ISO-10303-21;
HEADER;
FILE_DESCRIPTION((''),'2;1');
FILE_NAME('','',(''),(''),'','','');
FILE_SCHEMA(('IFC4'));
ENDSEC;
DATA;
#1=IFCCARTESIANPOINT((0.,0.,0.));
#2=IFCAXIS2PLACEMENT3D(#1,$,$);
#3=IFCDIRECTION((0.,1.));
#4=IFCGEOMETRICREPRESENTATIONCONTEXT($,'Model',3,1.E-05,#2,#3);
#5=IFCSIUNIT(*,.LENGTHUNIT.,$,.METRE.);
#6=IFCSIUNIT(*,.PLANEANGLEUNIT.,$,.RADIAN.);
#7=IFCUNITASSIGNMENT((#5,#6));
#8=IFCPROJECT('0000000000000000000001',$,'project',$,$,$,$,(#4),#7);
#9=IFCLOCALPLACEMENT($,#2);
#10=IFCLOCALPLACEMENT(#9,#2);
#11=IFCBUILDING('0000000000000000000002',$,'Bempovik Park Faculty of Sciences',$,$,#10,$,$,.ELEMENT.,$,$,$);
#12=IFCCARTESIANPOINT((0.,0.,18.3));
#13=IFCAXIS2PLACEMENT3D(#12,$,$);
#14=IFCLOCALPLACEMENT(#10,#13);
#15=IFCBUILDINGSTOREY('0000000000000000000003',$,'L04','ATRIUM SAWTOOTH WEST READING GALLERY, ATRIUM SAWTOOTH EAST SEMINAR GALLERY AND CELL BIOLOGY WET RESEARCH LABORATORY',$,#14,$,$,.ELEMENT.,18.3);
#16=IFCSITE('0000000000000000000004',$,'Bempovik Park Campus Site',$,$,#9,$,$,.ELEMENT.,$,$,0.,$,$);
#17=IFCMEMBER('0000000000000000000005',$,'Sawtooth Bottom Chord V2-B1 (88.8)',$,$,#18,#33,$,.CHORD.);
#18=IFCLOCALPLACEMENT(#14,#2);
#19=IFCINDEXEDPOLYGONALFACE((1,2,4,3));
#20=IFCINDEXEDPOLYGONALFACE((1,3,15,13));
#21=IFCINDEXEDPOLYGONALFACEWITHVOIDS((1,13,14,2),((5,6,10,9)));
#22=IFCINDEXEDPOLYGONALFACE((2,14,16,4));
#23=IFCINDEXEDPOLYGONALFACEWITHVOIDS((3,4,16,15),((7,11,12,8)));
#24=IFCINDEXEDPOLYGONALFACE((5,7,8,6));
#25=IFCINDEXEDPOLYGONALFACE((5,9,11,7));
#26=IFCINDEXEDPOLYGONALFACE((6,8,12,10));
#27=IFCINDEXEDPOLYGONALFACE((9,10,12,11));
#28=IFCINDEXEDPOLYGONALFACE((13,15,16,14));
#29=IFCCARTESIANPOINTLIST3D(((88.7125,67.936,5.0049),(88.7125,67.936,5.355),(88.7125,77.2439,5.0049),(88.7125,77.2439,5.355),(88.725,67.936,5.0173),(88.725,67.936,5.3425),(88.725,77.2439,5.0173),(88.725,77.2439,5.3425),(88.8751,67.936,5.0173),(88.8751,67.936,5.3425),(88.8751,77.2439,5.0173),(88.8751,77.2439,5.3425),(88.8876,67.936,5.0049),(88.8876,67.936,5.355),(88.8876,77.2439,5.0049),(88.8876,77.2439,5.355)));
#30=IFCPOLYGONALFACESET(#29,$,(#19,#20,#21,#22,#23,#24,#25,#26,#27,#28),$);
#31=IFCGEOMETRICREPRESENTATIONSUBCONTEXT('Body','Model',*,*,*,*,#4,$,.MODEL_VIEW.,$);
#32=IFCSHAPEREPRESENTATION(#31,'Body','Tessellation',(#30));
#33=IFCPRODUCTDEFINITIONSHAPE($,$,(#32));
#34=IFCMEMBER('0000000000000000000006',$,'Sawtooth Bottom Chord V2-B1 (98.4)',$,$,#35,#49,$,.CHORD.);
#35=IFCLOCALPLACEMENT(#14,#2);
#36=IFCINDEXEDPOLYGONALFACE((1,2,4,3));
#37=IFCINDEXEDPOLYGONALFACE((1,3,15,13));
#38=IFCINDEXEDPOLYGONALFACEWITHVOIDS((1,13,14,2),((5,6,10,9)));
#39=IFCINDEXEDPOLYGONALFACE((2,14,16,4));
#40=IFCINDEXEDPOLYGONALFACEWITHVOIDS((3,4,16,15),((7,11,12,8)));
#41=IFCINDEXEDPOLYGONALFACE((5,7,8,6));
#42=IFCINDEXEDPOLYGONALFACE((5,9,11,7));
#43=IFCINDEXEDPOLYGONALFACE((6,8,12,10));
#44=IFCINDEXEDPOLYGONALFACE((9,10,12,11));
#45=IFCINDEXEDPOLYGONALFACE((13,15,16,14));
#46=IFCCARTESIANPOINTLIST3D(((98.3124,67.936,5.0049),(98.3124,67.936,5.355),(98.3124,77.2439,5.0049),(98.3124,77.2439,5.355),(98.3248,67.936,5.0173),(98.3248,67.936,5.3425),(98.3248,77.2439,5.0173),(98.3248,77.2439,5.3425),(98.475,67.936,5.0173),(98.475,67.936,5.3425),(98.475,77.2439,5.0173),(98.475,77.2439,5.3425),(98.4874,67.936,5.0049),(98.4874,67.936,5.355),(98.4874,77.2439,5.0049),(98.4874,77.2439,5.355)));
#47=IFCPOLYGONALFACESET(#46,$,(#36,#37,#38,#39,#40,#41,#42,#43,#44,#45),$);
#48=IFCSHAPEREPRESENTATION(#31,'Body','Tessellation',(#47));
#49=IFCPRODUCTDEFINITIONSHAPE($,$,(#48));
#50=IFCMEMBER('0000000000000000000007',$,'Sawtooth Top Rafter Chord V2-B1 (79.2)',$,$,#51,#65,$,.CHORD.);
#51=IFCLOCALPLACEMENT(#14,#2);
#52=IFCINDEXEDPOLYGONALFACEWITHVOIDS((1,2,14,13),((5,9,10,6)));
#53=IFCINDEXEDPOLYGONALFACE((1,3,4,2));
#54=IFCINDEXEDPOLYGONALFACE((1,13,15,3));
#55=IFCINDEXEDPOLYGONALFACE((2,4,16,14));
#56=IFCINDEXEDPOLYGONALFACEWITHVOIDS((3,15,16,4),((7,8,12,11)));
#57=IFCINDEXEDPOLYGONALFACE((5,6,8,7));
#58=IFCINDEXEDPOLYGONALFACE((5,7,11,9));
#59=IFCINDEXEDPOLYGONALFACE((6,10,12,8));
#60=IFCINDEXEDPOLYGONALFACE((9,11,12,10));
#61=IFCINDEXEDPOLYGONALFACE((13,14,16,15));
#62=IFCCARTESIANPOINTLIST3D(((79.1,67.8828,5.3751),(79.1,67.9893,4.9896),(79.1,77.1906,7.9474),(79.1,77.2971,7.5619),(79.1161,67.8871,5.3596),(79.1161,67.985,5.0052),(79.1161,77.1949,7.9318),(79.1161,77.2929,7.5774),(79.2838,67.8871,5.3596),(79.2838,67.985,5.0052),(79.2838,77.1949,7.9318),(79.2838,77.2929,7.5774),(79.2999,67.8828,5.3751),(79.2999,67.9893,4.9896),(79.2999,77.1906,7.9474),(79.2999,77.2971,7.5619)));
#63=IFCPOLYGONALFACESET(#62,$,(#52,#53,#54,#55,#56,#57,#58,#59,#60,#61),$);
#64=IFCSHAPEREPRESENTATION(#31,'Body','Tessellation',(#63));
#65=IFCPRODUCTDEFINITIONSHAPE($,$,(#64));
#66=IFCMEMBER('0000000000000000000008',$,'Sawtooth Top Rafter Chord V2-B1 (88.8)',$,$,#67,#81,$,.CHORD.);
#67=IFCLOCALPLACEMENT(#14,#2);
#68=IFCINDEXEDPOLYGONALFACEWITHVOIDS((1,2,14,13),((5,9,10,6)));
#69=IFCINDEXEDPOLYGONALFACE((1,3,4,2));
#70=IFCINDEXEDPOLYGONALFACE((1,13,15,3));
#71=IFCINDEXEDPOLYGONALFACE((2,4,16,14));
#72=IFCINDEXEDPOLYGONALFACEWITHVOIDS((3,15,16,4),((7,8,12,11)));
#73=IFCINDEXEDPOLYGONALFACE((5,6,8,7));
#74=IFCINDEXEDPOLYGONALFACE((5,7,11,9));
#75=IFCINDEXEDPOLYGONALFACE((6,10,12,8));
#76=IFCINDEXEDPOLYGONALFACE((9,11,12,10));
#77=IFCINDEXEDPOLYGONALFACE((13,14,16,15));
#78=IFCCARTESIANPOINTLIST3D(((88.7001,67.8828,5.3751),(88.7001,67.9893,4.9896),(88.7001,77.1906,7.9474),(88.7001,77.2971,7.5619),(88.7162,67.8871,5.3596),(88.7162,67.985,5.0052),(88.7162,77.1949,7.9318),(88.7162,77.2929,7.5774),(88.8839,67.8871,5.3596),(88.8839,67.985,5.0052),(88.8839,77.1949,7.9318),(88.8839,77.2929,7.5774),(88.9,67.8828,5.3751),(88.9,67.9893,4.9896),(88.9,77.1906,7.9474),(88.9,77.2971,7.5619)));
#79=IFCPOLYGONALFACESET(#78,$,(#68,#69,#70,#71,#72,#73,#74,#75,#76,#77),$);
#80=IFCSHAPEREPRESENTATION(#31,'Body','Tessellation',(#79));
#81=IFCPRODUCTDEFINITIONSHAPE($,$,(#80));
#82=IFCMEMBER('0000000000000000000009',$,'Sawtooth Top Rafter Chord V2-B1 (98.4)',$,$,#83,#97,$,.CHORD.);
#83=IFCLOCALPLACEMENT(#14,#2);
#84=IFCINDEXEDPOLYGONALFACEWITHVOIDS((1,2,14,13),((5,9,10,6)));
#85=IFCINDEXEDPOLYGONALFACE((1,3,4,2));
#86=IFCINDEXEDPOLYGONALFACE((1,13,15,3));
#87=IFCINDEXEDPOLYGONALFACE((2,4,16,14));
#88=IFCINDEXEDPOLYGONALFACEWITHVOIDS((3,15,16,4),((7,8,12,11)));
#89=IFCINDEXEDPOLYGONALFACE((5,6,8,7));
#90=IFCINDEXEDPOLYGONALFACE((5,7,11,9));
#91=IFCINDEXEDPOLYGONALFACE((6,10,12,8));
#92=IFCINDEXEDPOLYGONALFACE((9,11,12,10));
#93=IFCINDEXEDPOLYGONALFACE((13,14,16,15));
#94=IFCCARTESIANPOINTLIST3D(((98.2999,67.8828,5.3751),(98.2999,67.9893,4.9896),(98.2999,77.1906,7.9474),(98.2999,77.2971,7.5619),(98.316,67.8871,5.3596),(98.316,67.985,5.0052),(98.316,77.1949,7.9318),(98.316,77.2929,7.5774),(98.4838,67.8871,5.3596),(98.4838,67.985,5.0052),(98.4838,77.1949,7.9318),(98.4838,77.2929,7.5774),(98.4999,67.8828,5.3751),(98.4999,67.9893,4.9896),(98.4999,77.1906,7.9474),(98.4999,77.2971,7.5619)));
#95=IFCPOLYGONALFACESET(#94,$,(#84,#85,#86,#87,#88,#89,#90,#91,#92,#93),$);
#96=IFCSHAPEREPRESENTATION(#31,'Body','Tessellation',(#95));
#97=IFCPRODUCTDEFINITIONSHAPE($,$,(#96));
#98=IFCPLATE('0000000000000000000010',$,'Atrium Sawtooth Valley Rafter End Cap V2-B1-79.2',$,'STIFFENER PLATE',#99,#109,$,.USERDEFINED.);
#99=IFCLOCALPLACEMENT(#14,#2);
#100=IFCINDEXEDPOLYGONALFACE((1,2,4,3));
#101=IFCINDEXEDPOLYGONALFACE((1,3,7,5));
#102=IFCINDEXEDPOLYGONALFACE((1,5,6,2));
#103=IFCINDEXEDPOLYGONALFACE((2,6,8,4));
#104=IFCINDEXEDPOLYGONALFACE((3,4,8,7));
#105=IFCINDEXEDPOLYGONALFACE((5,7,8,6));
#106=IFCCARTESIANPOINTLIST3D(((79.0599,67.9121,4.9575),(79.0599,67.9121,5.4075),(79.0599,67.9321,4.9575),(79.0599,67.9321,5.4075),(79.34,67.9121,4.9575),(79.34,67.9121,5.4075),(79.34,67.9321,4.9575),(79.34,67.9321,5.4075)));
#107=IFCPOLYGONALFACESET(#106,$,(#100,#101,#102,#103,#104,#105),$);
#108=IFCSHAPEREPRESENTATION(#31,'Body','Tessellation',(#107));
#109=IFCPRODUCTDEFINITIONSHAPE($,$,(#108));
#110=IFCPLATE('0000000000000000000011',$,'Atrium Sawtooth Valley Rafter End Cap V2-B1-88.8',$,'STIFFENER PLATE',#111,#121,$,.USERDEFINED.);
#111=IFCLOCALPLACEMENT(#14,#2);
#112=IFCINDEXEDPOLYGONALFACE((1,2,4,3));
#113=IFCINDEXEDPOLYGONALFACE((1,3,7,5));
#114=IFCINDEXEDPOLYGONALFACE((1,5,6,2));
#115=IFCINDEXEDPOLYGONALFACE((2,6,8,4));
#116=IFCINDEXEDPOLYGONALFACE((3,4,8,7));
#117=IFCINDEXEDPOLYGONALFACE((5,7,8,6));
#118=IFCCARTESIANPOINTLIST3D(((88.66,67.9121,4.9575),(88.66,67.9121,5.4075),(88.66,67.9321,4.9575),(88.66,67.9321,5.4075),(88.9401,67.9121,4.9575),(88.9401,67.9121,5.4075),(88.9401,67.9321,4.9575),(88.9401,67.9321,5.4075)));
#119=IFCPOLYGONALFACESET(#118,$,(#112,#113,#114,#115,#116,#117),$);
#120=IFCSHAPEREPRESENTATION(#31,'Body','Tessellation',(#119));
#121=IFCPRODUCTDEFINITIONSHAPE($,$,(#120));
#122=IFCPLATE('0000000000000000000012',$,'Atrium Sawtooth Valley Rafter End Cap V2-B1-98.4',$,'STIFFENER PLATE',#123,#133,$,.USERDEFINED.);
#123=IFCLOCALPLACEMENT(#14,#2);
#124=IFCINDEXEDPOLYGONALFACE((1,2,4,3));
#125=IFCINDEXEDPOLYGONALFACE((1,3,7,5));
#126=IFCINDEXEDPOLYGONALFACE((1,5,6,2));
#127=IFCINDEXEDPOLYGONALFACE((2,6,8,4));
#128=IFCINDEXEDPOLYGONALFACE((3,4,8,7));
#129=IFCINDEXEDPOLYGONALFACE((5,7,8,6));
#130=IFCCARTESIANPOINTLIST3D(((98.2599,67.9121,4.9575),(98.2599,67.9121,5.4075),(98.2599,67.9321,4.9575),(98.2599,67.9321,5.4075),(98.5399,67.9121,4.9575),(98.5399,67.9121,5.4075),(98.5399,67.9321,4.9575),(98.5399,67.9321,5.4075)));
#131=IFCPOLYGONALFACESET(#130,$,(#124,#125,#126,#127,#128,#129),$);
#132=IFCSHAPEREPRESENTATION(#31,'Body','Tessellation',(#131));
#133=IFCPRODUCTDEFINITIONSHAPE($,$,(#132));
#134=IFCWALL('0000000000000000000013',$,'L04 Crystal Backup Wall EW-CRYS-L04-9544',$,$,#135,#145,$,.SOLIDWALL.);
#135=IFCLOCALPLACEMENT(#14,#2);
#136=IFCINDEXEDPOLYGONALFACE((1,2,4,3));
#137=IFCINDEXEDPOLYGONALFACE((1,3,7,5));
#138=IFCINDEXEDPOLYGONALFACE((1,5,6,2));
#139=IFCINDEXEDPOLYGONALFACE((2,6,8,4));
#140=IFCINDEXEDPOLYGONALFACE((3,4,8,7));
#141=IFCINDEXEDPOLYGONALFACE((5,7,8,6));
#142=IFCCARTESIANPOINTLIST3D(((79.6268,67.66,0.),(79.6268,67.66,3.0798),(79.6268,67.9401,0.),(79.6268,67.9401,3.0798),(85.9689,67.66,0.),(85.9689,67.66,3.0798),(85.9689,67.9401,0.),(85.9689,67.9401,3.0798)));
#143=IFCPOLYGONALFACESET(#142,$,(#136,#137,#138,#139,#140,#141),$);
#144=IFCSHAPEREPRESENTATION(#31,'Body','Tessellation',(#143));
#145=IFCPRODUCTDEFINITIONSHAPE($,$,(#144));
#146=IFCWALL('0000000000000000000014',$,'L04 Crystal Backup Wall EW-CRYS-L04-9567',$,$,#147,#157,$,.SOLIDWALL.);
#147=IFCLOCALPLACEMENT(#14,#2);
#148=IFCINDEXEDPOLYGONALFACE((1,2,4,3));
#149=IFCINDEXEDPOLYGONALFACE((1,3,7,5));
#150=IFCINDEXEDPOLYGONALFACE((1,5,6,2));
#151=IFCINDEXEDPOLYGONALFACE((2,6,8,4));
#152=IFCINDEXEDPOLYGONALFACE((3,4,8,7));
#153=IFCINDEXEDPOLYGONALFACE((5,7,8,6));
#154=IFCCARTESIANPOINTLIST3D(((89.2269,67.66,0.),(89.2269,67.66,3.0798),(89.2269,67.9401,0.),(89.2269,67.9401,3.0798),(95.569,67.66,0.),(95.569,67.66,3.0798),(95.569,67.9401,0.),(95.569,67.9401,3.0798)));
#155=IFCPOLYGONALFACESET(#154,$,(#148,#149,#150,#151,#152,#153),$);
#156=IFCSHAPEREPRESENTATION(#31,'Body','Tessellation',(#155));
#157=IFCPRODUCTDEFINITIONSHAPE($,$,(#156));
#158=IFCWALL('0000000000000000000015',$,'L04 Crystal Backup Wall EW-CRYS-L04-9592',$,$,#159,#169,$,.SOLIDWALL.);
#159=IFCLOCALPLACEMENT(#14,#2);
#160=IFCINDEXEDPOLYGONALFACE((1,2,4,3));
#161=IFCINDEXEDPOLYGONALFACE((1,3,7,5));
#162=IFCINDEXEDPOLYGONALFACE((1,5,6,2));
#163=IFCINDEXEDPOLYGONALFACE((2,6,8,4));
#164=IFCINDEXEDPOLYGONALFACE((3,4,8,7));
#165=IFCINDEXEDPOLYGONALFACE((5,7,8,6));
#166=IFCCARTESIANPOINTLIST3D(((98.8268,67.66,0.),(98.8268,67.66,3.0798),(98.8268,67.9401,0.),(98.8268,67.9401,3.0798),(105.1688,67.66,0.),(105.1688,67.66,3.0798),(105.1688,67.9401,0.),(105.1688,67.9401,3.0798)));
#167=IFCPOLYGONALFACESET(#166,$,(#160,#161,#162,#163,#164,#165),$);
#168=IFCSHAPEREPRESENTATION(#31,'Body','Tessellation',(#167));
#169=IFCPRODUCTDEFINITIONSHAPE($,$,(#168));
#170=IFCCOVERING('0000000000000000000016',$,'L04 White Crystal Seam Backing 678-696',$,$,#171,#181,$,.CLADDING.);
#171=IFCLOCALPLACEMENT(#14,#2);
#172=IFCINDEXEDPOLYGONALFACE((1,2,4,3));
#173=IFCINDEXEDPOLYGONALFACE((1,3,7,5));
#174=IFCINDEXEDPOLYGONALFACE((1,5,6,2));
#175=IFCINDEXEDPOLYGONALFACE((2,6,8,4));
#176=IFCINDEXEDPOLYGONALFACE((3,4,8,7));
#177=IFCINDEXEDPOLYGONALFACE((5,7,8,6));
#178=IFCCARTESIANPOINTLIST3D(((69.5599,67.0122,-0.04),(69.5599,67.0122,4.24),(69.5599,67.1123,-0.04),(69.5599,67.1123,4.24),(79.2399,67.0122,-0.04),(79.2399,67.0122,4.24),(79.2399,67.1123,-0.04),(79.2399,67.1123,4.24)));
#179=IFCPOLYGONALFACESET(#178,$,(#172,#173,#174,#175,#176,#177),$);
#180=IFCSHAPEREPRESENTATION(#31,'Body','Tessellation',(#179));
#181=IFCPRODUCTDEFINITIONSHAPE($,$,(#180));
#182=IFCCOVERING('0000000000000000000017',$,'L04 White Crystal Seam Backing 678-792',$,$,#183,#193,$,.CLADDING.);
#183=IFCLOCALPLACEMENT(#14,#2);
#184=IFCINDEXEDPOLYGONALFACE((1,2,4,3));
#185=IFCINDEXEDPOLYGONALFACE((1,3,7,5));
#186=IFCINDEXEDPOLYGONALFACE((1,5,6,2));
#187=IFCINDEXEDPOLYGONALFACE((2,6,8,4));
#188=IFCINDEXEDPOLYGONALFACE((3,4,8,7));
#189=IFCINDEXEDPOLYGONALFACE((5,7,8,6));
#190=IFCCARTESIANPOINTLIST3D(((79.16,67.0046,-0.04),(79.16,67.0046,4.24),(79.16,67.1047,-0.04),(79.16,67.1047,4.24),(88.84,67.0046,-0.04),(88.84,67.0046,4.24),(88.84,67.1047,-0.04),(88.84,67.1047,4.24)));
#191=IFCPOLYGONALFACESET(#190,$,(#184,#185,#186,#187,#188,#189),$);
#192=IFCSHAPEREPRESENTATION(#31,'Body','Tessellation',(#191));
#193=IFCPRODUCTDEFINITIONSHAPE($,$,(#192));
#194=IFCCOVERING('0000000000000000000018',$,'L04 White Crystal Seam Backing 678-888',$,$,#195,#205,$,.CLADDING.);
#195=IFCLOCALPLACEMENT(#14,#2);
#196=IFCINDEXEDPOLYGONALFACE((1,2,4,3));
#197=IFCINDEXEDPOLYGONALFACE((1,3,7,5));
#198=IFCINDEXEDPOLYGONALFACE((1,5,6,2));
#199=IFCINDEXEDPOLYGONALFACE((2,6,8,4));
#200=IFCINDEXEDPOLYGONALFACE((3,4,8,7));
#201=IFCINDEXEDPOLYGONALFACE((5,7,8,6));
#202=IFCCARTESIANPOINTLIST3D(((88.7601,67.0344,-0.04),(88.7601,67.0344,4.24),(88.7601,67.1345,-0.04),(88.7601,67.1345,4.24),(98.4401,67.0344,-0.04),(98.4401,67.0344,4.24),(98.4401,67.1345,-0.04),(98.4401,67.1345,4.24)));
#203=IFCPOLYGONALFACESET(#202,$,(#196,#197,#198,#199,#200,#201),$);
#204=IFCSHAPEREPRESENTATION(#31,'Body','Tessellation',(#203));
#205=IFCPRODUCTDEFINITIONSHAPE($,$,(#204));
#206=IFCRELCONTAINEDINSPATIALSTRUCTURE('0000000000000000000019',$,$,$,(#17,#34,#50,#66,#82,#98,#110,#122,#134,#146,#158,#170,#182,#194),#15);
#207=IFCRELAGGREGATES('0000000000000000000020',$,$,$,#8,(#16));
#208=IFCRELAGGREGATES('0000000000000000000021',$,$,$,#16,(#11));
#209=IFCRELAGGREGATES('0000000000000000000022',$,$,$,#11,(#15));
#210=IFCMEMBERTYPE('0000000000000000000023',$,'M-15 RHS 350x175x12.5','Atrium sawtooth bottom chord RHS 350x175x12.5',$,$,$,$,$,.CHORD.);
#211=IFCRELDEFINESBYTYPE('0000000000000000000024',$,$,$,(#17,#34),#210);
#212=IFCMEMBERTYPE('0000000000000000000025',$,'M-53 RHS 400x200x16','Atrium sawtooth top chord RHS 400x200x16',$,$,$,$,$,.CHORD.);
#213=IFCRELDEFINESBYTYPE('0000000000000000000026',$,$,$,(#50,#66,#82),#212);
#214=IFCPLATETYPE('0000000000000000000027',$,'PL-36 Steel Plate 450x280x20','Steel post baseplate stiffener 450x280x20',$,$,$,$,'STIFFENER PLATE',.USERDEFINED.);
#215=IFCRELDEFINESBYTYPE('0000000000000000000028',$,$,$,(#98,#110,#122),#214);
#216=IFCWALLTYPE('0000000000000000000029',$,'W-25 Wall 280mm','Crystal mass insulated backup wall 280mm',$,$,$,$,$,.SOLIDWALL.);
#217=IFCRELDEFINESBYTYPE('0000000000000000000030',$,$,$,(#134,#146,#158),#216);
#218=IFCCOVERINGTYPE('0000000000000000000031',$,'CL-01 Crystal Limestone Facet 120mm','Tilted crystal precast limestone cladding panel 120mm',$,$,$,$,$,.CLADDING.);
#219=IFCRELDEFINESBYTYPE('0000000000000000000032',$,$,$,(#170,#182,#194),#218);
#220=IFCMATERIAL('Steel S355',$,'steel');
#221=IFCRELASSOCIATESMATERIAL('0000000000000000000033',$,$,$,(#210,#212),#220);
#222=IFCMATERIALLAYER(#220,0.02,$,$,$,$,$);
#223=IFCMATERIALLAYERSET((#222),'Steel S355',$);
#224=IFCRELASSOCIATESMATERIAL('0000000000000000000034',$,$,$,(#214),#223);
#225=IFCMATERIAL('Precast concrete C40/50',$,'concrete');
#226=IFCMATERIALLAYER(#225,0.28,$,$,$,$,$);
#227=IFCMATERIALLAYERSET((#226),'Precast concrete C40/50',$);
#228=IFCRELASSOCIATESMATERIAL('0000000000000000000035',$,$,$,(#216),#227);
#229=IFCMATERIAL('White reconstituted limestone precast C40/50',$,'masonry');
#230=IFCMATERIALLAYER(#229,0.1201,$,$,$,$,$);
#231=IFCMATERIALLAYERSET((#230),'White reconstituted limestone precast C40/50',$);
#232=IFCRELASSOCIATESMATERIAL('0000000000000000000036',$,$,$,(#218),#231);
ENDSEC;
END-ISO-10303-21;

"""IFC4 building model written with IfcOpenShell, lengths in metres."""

from ifc_helpers import new_model, si_unit, direction, frame, frame_2d, origin, origin_2d, place, context, subcontext, project, spatial, rectangle, hollow_rectangle, extrude, material, layer, layer_set, material_profile, profile_set, type_object, element, save


model = new_model("IFC4")

# Units and contexts
model_context = context("Model", 3, precision=1e-05, world=origin(), true_north=direction((0.0, 1.0)))
body_context = subcontext(model_context, "Body", "Model", "MODEL_VIEW")
ifc_project = project(units=[si_unit("LENGTHUNIT", "METRE"), si_unit("PLANEANGLEUNIT", "RADIAN")], contexts=[model_context])

# Site, building, storey
site_placement = place(None, origin())
site = spatial("IfcSite", under=ifc_project, at=site_placement, Name="Bempovik Park Campus Site", CompositionType="ELEMENT", RefElevation=0.0)
building_placement = place(site_placement, origin())
building = spatial("IfcBuilding", under=site, at=building_placement, Name="Bempovik Park Faculty of Sciences", CompositionType="ELEMENT")
storey_placement = place(building_placement, frame((0.0, 0.0, 18.3)))
storey = spatial("IfcBuildingStorey", under=building, at=storey_placement, Name="L04", Description="ATRIUM SAWTOOTH WEST READING GALLERY, ATRIUM SAWTOOTH EAST SEMINAR GALLERY AND CELL BIOLOGY WET RESEARCH LABORATORY", CompositionType="ELEMENT", Elevation=18.3)

# Shared definitions
ifc_material_1 = material(Name="Steel S355", Category="steel")

# Members
ifc_material_profile_1 = material_profile(ifc_material_1, hollow_rectangle(XDim=0.175, YDim=0.3501, WallThickness=0.0125, at=origin_2d()), Name="RHS 350x175x12.5")
ifc_profile_set_1 = profile_set([ifc_material_profile_1], Name="Steel S355")
member_type_1 = type_object("IfcMemberType", Name="M-15 RHS 350x175x12.5", Description="Atrium sawtooth bottom chord RHS 350x175x12.5", PredefinedType="CHORD", material=ifc_profile_set_1)
for number, where, z_axis, x_axis, name in (
    (1, (88.8, 67.936, 5.1799), (0.0, 1.0, 0.0), (-1.0, 0.0, 0.0), "Sawtooth Bottom Chord V2-B1 (88.8)"),
    (2, (98.3999, 67.936, 5.1799), (0.0, 1.0, 0.0), (-1.0, 0.0, 0.0), "Sawtooth Bottom Chord V2-B1 (98.4)"),
):
    element("IfcMember", number, at=place(storey_placement, frame(where, z_axis=z_axis, x_axis=x_axis)), inside=storey, type_object=member_type_1, Name=name, PredefinedType="CHORD", context=body_context, shape_type="SweptSolid", body=[
        extrude(hollow_rectangle(XDim=0.175, YDim=0.3501, WallThickness=0.0125, at=origin_2d()), origin(), (0.0, 0.0, 1.0), 9.3079),
    ])
ifc_material_profile_2 = material_profile(ifc_material_1, hollow_rectangle(XDim=0.2, YDim=0.3999, WallThickness=0.0161, at=origin_2d()), Name="RHS 400x200x16")
ifc_profile_set_2 = profile_set([ifc_material_profile_2], Name="Steel S355")
member_type_2 = type_object("IfcMemberType", Name="M-53 RHS 400x200x16", Description="Atrium sawtooth top chord RHS 400x200x16", PredefinedType="CHORD", material=ifc_profile_set_2)
for number, where, z_axis, x_axis, name in (
    (3, (79.2, 67.936, 5.1824), (0.0, 0.963871, 0.26637), (-1.0, 0.0, 0.0), "Sawtooth Top Rafter Chord V2-B1 (79.2)"),
    (4, (88.8, 67.936, 5.1824), (0.0, 0.963871, 0.26637), (-1.0, 0.0, 0.0), "Sawtooth Top Rafter Chord V2-B1 (88.8)"),
    (5, (98.3999, 67.936, 5.1824), (0.0, 0.963871, 0.26637), (-1.0, 0.0, 0.0), "Sawtooth Top Rafter Chord V2-B1 (98.4)"),
):
    element("IfcMember", number, at=place(storey_placement, frame(where, z_axis=z_axis, x_axis=x_axis)), inside=storey, type_object=member_type_2, Name=name, PredefinedType="CHORD", context=body_context, shape_type="SweptSolid", body=[
        extrude(hollow_rectangle(XDim=0.2, YDim=0.3999, WallThickness=0.0161, at=origin_2d()), origin(), (0.0, 0.0, 1.0), 9.6567),
    ])

# Plates
ifc_layer_1 = layer(ifc_material_1, 0.02)
ifc_layer_set_1 = layer_set([ifc_layer_1], Name="Steel S355")
plate_type = type_object("IfcPlateType", Name="PL-36 Steel Plate 450x280x20", Description="Steel post baseplate stiffener 450x280x20", ElementType="STIFFENER PLATE", PredefinedType="USERDEFINED", material=ifc_layer_set_1)
for number, where, z_axis, x_axis, name in (
    (6, (79.2, 67.9221, 4.9575), (0.0, 0.0, 1.0), (1.0, 0.0, 0.0), "Atrium Sawtooth Valley Rafter End Cap V2-B1-79.2"),
    (7, (88.8, 67.9221, 4.9575), (0.0, 0.0, 1.0), (1.0, 0.0, 0.0), "Atrium Sawtooth Valley Rafter End Cap V2-B1-88.8"),
    (8, (98.3999, 67.9221, 4.9575), (0.0, 0.0, 1.0), (1.0, 0.0, 0.0), "Atrium Sawtooth Valley Rafter End Cap V2-B1-98.4"),
):
    element("IfcPlate", number, at=place(storey_placement, frame(where, z_axis=z_axis, x_axis=x_axis)), inside=storey, type_object=plate_type, Name=name, ObjectType="STIFFENER PLATE", PredefinedType="USERDEFINED", context=body_context, shape_type="SweptSolid", body=[
        extrude(rectangle(XDim=0.28, YDim=0.02, at=origin_2d()), origin(), (0.0, 0.0, 1.0), 0.45),
    ])

# Walls
ifc_material_2 = material(Name="Precast concrete C40/50", Category="concrete")
ifc_layer_2 = layer(ifc_material_2, 0.28)
ifc_layer_set_2 = layer_set([ifc_layer_2], Name="Precast concrete C40/50")
wall_type = type_object("IfcWallType", Name="W-25 Wall 280mm", Description="Crystal mass insulated backup wall 280mm", PredefinedType="SOLIDWALL", material=ifc_layer_set_2)
for number, where, z_axis, x_axis, name in (
    (9, (79.627, 67.8, 0.0), (0.0, 0.0, 1.0), (1.0, 0.0, 0.0), "L04 Crystal Backup Wall EW-CRYS-L04-9544"),
    (10, (89.2271, 67.8, 0.0), (0.0, 0.0, 1.0), (1.0, 0.0, 0.0), "L04 Crystal Backup Wall EW-CRYS-L04-9567"),
    (11, (98.8269, 67.8, 0.0), (0.0, 0.0, 1.0), (1.0, 0.0, 0.0), "L04 Crystal Backup Wall EW-CRYS-L04-9592"),
):
    element("IfcWall", number, at=place(storey_placement, frame(where, z_axis=z_axis, x_axis=x_axis)), inside=storey, type_object=wall_type, Name=name, PredefinedType="SOLIDWALL", context=body_context, shape_type="SweptSolid", body=[
        extrude(rectangle(XDim=6.342, YDim=0.28, at=frame_2d((3.1709, 0.0))), origin(), (0.0, 0.0, 1.0), 3.0798),
    ])

# Coverings
ifc_material_3 = material(Name="White reconstituted limestone precast C40/50", Category="masonry")
ifc_layer_3 = layer(ifc_material_3, 0.1201)
ifc_layer_set_3 = layer_set([ifc_layer_3], Name="White reconstituted limestone precast C40/50")
covering_type = type_object("IfcCoveringType", Name="CL-01 Crystal Limestone Facet 120mm", Description="Tilted crystal precast limestone cladding panel 120mm", PredefinedType="CLADDING", material=ifc_layer_set_3)
for number, where, z_axis, x_axis, name in (
    (12, (74.3999, 67.0623, -0.04), (0.0, 0.0, 1.0), (1.0, 0.0, 0.0), "L04 White Crystal Seam Backing 678-696"),
    (13, (84.0, 67.0547, -0.04), (0.0, 0.0, 1.0), (1.0, 0.0, 0.0), "L04 White Crystal Seam Backing 678-792"),
    (14, (93.6001, 67.0845, -0.04), (0.0, 0.0, 1.0), (1.0, 0.0, 0.0), "L04 White Crystal Seam Backing 678-888"),
):
    element("IfcCovering", number, at=place(storey_placement, frame(where, z_axis=z_axis, x_axis=x_axis)), inside=storey, type_object=covering_type, Name=name, PredefinedType="CLADDING", context=body_context, shape_type="SweptSolid", body=[
        extrude(rectangle(XDim=9.6799, YDim=0.1001, at=origin_2d()), origin(), (0.0, 0.0, 1.0), 4.28),
    ])

save(model, "model.ifc")
